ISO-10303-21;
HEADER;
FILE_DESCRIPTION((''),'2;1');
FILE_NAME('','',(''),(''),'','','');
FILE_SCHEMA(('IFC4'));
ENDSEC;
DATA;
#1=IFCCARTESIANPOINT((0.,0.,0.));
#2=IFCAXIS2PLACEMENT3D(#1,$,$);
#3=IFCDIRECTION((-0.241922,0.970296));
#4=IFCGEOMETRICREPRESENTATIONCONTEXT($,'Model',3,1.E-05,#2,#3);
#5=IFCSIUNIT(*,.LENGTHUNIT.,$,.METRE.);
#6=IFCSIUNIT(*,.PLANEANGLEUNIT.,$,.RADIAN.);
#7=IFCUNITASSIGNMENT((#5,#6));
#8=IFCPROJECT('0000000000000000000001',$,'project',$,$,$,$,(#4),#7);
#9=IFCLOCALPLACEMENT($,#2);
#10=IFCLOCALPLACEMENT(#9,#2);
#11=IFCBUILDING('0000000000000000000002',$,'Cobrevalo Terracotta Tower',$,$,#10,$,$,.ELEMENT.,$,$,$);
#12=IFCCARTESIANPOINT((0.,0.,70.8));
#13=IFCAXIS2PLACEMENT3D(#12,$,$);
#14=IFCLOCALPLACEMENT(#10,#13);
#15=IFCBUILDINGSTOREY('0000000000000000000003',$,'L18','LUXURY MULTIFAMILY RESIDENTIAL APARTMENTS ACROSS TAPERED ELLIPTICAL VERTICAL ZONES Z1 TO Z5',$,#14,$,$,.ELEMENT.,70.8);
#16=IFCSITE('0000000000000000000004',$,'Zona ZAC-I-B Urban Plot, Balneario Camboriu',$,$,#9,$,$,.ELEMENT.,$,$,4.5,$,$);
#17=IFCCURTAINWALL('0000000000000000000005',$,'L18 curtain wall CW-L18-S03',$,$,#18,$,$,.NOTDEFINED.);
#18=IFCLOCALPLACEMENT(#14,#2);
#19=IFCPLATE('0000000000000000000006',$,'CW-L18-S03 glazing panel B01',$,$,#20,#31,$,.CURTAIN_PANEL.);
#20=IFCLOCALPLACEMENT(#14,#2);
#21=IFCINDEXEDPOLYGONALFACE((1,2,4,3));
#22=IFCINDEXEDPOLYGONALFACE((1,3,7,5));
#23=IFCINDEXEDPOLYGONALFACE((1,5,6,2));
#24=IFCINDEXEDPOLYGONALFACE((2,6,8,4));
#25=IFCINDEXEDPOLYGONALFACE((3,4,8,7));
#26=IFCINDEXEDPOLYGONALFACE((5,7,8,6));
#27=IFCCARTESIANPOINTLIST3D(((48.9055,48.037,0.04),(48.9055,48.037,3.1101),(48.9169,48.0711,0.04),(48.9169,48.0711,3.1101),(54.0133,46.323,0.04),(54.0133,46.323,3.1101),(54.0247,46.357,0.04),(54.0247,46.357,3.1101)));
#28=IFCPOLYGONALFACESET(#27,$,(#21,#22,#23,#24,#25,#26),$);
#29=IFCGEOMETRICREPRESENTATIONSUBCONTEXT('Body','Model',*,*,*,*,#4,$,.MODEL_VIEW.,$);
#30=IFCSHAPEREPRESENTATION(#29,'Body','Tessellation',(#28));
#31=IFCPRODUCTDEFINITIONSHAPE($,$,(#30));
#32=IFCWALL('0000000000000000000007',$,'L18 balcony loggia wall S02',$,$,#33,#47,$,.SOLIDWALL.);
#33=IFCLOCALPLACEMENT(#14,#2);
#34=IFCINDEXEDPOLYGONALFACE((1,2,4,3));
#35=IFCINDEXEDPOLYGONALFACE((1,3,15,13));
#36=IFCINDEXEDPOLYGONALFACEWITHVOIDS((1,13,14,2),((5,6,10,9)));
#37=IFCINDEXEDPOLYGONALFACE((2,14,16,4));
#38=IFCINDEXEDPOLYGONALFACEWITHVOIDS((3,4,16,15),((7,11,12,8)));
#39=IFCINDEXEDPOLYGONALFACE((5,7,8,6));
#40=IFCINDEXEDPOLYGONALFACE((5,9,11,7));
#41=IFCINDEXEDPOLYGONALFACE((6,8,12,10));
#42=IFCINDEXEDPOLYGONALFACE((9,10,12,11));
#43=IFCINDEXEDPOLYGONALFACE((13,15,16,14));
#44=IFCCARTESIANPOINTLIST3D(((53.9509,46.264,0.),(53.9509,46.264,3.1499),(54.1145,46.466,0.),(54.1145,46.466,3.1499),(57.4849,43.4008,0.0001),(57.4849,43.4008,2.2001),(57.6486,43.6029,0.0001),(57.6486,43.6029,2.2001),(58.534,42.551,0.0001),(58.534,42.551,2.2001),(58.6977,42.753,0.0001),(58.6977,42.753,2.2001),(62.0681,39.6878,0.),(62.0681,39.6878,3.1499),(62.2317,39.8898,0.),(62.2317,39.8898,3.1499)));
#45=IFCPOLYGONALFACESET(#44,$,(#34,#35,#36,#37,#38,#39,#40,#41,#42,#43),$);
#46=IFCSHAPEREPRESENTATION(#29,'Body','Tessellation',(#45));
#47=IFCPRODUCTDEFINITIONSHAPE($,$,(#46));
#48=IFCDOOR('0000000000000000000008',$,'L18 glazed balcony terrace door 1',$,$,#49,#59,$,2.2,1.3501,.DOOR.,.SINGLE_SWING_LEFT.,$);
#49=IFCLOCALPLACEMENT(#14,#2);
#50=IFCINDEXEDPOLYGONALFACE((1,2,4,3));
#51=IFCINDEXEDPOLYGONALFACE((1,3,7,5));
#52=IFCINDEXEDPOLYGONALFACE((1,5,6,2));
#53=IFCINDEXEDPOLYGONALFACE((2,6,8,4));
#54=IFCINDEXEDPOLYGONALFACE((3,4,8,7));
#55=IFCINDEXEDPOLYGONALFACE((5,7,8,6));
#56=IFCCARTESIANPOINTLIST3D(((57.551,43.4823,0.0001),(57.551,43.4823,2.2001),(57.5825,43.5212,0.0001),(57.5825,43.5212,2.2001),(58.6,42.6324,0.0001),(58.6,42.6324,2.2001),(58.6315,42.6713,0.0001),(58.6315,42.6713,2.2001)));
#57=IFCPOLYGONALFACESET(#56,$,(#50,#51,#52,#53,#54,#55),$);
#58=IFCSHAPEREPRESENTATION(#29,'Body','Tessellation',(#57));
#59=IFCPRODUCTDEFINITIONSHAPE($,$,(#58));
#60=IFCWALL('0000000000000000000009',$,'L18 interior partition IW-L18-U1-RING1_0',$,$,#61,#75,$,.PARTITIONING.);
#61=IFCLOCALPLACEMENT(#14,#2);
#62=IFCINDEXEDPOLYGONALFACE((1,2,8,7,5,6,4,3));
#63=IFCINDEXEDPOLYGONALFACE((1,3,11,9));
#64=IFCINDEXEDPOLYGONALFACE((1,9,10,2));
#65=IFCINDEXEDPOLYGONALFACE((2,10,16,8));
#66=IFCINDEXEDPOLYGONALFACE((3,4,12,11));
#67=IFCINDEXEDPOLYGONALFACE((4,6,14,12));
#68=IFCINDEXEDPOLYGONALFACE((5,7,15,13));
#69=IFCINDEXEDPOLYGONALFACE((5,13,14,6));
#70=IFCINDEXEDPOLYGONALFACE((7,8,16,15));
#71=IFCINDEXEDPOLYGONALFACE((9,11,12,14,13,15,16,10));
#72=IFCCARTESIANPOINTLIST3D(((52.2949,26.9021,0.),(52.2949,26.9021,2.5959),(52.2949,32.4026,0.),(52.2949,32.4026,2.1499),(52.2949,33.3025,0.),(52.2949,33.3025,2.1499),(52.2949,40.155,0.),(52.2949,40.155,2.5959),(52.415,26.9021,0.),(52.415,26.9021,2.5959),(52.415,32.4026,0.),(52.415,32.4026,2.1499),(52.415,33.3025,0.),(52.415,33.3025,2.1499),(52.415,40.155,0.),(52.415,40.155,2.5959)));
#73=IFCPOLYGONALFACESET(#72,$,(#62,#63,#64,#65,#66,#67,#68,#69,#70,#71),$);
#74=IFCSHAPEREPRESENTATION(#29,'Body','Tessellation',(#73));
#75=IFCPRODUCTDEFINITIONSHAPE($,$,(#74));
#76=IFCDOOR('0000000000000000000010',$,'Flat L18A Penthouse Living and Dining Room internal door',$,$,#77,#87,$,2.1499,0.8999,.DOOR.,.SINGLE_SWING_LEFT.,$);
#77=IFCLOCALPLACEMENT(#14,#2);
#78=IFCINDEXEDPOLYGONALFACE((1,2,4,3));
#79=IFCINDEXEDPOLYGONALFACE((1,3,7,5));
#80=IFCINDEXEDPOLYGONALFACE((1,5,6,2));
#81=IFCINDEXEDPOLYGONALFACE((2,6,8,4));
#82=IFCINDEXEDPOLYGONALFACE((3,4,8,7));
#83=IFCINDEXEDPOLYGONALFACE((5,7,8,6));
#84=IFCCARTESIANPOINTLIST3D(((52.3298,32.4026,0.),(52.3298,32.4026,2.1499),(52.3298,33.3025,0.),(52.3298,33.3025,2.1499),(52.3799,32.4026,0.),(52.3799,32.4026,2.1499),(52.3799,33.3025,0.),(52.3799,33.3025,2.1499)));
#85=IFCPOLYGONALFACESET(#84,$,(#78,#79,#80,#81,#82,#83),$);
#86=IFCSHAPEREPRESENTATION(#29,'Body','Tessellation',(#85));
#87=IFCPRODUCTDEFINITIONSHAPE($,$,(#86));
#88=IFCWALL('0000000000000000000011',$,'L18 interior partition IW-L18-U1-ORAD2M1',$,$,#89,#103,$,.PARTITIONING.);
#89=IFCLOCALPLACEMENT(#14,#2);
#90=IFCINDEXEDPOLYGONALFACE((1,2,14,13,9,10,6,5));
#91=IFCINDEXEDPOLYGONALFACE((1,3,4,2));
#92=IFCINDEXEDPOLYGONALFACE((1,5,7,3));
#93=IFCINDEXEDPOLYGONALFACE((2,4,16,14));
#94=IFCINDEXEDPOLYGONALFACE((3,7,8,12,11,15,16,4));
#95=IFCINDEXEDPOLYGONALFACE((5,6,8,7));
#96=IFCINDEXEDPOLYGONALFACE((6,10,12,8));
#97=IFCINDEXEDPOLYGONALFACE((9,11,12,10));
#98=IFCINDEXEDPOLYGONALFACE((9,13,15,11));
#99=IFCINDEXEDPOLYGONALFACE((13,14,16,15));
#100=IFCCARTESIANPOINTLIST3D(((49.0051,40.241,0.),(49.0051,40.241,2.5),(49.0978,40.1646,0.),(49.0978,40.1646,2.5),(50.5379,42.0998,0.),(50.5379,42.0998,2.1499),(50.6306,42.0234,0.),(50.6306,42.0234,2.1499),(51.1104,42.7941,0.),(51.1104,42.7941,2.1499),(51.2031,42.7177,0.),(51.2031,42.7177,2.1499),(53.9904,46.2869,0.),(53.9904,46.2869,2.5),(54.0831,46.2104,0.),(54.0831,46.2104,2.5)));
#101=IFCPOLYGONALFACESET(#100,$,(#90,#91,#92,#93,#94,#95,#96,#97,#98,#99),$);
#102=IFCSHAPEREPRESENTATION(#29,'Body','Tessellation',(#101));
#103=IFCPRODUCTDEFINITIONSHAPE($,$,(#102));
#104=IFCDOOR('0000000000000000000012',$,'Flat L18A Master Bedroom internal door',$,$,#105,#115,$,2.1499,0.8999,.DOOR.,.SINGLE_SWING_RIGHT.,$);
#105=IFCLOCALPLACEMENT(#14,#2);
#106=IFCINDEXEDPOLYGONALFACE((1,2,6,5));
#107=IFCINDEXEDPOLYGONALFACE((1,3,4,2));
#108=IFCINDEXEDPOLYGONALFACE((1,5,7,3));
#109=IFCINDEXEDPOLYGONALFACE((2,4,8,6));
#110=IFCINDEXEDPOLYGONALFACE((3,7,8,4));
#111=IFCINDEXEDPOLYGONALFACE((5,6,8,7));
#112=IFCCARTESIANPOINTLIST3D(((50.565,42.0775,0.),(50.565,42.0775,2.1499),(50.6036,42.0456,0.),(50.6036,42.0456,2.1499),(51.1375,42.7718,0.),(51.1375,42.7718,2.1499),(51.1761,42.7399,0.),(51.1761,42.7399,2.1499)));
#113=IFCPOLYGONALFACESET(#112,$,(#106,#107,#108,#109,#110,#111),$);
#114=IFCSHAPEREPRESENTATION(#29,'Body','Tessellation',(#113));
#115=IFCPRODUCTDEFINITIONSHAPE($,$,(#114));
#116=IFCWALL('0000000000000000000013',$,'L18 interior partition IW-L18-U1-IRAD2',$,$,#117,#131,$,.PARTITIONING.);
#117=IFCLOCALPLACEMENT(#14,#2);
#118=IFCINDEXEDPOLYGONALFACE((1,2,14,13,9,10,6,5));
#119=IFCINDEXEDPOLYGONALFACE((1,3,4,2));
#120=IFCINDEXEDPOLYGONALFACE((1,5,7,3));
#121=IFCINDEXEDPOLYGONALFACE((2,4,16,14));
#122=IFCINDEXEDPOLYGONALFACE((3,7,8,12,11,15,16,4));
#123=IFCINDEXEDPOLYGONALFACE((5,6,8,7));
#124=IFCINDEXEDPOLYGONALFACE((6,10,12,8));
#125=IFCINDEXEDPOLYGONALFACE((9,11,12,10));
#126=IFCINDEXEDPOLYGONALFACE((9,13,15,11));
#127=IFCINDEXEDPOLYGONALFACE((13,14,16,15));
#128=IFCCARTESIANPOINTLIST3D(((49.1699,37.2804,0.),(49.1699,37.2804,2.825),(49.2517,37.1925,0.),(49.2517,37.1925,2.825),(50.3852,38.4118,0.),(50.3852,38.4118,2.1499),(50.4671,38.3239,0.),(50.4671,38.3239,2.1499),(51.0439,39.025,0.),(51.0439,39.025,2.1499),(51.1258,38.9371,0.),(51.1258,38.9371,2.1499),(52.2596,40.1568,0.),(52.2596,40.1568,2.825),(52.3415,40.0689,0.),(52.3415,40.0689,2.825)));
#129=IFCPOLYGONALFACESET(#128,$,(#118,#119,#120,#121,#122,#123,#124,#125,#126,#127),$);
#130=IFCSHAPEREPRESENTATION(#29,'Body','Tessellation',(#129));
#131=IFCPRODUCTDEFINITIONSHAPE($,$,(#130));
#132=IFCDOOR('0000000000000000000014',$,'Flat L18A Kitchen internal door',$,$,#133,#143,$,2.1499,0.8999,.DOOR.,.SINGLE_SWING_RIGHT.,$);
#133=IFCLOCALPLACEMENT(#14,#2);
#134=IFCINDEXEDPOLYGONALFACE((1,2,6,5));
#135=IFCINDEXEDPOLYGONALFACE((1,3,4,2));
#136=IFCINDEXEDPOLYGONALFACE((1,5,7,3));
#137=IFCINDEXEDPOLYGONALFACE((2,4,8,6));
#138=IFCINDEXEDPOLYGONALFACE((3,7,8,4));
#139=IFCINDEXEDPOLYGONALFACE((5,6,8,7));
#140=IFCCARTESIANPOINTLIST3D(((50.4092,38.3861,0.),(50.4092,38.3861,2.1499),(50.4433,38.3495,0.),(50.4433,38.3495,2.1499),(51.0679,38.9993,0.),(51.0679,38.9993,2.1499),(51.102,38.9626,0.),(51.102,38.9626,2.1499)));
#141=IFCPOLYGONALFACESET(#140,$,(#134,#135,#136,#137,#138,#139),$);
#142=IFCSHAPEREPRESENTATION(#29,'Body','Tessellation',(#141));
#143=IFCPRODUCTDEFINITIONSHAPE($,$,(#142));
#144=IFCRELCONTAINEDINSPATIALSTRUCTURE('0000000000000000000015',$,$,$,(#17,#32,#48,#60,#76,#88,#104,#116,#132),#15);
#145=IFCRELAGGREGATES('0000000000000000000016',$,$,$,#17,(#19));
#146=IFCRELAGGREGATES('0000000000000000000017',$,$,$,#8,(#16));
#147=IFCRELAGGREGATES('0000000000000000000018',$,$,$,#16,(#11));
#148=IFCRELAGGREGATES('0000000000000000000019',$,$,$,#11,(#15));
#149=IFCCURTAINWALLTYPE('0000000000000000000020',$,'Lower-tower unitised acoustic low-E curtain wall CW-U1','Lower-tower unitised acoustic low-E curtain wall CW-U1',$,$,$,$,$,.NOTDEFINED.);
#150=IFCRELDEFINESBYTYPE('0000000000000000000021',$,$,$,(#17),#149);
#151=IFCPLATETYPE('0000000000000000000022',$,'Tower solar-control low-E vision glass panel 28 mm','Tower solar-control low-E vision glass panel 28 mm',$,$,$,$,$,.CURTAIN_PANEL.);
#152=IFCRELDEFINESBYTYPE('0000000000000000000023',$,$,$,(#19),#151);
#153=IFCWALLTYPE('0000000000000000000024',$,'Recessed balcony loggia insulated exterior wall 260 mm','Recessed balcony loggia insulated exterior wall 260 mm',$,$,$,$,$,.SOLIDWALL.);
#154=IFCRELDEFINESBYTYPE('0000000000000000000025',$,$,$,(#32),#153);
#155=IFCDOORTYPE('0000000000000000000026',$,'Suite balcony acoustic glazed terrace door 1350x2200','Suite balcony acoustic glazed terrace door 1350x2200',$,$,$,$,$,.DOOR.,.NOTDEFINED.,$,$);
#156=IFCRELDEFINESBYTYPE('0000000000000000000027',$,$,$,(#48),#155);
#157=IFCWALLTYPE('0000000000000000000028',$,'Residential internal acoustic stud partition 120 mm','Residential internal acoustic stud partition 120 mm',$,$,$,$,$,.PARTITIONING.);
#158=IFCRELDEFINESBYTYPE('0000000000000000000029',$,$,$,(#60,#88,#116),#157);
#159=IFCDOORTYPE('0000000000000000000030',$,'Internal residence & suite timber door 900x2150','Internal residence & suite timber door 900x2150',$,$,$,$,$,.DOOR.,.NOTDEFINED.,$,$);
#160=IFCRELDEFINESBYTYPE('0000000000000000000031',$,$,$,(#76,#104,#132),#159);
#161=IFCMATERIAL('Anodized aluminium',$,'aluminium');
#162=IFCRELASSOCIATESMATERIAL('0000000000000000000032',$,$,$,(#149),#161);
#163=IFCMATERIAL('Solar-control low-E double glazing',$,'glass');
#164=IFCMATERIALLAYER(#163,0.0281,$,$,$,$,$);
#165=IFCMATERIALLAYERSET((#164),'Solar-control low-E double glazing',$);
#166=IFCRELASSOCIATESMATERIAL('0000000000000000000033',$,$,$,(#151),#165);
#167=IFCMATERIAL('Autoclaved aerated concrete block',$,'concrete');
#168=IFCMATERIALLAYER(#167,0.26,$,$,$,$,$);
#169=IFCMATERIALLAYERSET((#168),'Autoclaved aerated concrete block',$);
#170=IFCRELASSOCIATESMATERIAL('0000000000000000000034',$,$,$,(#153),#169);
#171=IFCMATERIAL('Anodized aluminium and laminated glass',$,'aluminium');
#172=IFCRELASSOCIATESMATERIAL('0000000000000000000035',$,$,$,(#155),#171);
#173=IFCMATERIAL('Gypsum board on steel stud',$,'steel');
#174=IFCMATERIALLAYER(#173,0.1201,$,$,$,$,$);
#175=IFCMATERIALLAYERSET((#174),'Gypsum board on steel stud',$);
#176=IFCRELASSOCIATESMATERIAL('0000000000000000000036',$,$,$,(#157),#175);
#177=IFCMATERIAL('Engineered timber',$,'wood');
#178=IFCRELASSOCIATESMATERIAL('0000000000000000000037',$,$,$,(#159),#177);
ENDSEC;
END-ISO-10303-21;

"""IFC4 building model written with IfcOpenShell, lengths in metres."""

from ifc_helpers import new_model, si_unit, direction, frame, frame_2d, origin, origin_2d, place, context, subcontext, project, spatial, rectangle, extrude, source, transform, mapped, material, layer, layer_set, type_object, element, fill, aggregate, save


model = new_model("IFC4")

# Units and contexts
model_context = context("Model", 3, precision=1e-05, world=origin(), true_north=direction((-0.241922, 0.970296)))
body_context = subcontext(model_context, "Body", "Model", "MODEL_VIEW")
ifc_project = project(units=[si_unit("LENGTHUNIT", "METRE"), si_unit("PLANEANGLEUNIT", "RADIAN")], contexts=[model_context])

# Site, building, storey
site_placement = place(None, origin())
site = spatial("IfcSite", under=ifc_project, at=site_placement, Name="Zona ZAC-I-B Urban Plot, Balneario Camboriu", CompositionType="ELEMENT", RefElevation=4.5)
building_placement = place(site_placement, origin())
building = spatial("IfcBuilding", under=site, at=building_placement, Name="Cobrevalo Terracotta Tower", CompositionType="ELEMENT")
storey_placement = place(building_placement, frame((0.0, 0.0, 70.8)))
storey = spatial("IfcBuildingStorey", under=building, at=storey_placement, Name="L18", Description="LUXURY MULTIFAMILY RESIDENTIAL APARTMENTS ACROSS TAPERED ELLIPTICAL VERTICAL ZONES Z1 TO Z5", CompositionType="ELEMENT", Elevation=70.8)

# Curtain wall
ifc_material_1 = material(Name="Anodized aluminium", Category="aluminium")
curtain_wall_type = type_object("IfcCurtainWallType", Name="Lower-tower unitised acoustic low-E curtain wall CW-U1", Description="Lower-tower unitised acoustic low-E curtain wall CW-U1", PredefinedType="NOTDEFINED", material=ifc_material_1)
curtain_wall_placement = place(storey_placement, origin())
curtain_wall = element("IfcCurtainWall", 1, at=curtain_wall_placement, inside=storey, type_object=curtain_wall_type, Name="L18 curtain wall CW-L18-S03", PredefinedType="NOTDEFINED")

# Plate
ifc_material_2 = material(Name="Solar-control low-E double glazing", Category="glass")
ifc_layer_1 = layer(ifc_material_2, 0.0281)
ifc_layer_set_1 = layer_set([ifc_layer_1], Name="Solar-control low-E double glazing")
plate_type_1 = type_object("IfcPlateType", Name="Tower solar-control low-E vision glass panel 28 mm", Description="Tower solar-control low-E vision glass panel 28 mm", PredefinedType="CURTAIN_PANEL", material=ifc_layer_set_1)
shared_shape_1 = source(origin(), body_context, "Body", "SweptSolid", [
    extrude(rectangle(XDim=5.3877, YDim=0.0359, at=origin_2d()), origin(), (0.0, 0.0, 1.0), 3.0701),
])
plate_placement = place(storey_placement, frame((51.4651, 47.197, 0.04), z_axis=(0.0, 0.0, 1.0), x_axis=(-0.948044, 0.318139, 0.0)))
plate = element("IfcPlate", 2, at=plate_placement, type_object=plate_type_1, Name="CW-L18-S03 glazing panel B01", PredefinedType="CURTAIN_PANEL", context=body_context, shape_type="MappedRepresentation", body=[
    mapped(shared_shape_1, transform((0.0, 0.0, 0.0), scale=1.0)),
])
aggregate(curtain_wall, [plate])

# Walls, openings, doors
ifc_material_3 = material(Name="Autoclaved aerated concrete block", Category="concrete")
ifc_layer_2 = layer(ifc_material_3, 0.26)
ifc_layer_set_2 = layer_set([ifc_layer_2], Name="Autoclaved aerated concrete block")
wall_type_1 = type_object("IfcWallType", Name="Recessed balcony loggia insulated exterior wall 260 mm", Description="Recessed balcony loggia insulated exterior wall 260 mm", PredefinedType="SOLIDWALL", material=ifc_layer_set_2)
wall_1_placement = place(storey_placement, frame((62.1499, 39.7888, 0.0), z_axis=(0.0, 0.0, 1.0), x_axis=(-0.777005, 0.629494, 0.0)))
wall_1 = element("IfcWall", 3, at=wall_1_placement, inside=storey, type_object=wall_type_1, Name="L18 balcony loggia wall S02", PredefinedType="SOLIDWALL", context=body_context, shape_type="SweptSolid", body=[
    extrude(rectangle(XDim=10.4468, YDim=0.26, at=frame_2d((5.2234, 0.0))), origin(), (0.0, 0.0, 1.0), 3.1499),
])
opening_1_placement = place(wall_1_placement, frame((4.5483, 0.0, 0.0)))
opening_1 = element("IfcOpeningElement", 4, at=opening_1_placement, cuts=wall_1, PredefinedType="OPENING", context=body_context, shape_type="SweptSolid", body=[
    extrude(rectangle(XDim=1.3501, YDim=2.2, at=frame_2d((0.675, 1.1001))), frame((0.0, 0.1401, 0.0), z_axis=(0.0, -1.0, 0.0), x_axis=(1.0, 0.0, 0.0)), (0.0, 0.0, 1.0), 0.28),
])
ifc_material_4 = material(Name="Anodized aluminium and laminated glass", Category="aluminium")
door_type_1 = type_object("IfcDoorType", Name="Suite balcony acoustic glazed terrace door 1350x2200", Description="Suite balcony acoustic glazed terrace door 1350x2200", OperationType="NOTDEFINED", PredefinedType="DOOR", material=ifc_material_4)
shared_shape_2 = source(origin(), body_context, "Body", "SweptSolid", [
    extrude(rectangle(XDim=1.3501, YDim=2.2, at=frame_2d((0.675, 1.1001))), frame((0.0, 0.0249, 0.0), z_axis=(0.0, -1.0, 0.0), x_axis=(1.0, 0.0, 0.0)), (0.0, 0.0, 1.0), 0.05),
])
door_1_placement = place(opening_1_placement, frame((1.3501, 0.0, 0.0), z_axis=(0.0, 0.0, 1.0), x_axis=(-1.0, 0.0, 0.0)))
door_1 = element("IfcDoor", 5, at=door_1_placement, inside=storey, type_object=door_type_1, Name="L18 glazed balcony terrace door 1", OperationType="SINGLE_SWING_LEFT", OverallHeight=2.2, OverallWidth=1.3501, PredefinedType="DOOR", context=body_context, shape_type="MappedRepresentation", body=[
    mapped(shared_shape_2, transform((0.0, 0.0, 0.0), scale=1.0)),
])
fill(opening_1, door_1)
ifc_material_5 = material(Name="Gypsum board on steel stud", Category="steel")
ifc_layer_3 = layer(ifc_material_5, 0.1201)
ifc_layer_set_3 = layer_set([ifc_layer_3], Name="Gypsum board on steel stud")
wall_type_2 = type_object("IfcWallType", Name="Residential internal acoustic stud partition 120 mm", Description="Residential internal acoustic stud partition 120 mm", PredefinedType="PARTITIONING", material=ifc_layer_set_3)
wall_2_placement = place(storey_placement, frame((52.355, 40.155, 0.0), z_axis=(0.0, 0.0, 1.0), x_axis=(0.0, -1.0, 0.0)))
wall_2 = element("IfcWall", 6, at=wall_2_placement, inside=storey, type_object=wall_type_2, Name="L18 interior partition IW-L18-U1-RING1_0", PredefinedType="PARTITIONING", context=body_context, shape_type="SweptSolid", body=[
    extrude(rectangle(XDim=13.2529, YDim=0.1201, at=frame_2d((6.6265, 0.0))), origin(), (0.0, 0.0, 1.0), 2.5959),
])
opening_2_placement = place(wall_2_placement, frame((6.8525, 0.0, 0.0)))
opening_2 = element("IfcOpeningElement", 7, at=opening_2_placement, cuts=wall_2, PredefinedType="OPENING", context=body_context, shape_type="SweptSolid", body=[
    extrude(rectangle(XDim=0.8999, YDim=2.1499, at=frame_2d((0.45, 1.075))), frame((0.0, 0.0701, 0.0), z_axis=(0.0, -1.0, 0.0), x_axis=(1.0, 0.0, 0.0)), (0.0, 0.0, 1.0), 0.1401),
])
ifc_material_6 = material(Name="Engineered timber", Category="wood")
door_type_2 = type_object("IfcDoorType", Name="Internal residence & suite timber door 900x2150", Description="Internal residence & suite timber door 900x2150", OperationType="NOTDEFINED", PredefinedType="DOOR", material=ifc_material_6)
shared_shape_3 = source(origin(), body_context, "Body", "SweptSolid", [
    extrude(rectangle(XDim=0.8999, YDim=2.1499, at=frame_2d((0.45, 1.075))), frame((0.0, 0.0249, 0.0), z_axis=(0.0, -1.0, 0.0), x_axis=(1.0, 0.0, 0.0)), (0.0, 0.0, 1.0), 0.05),
])
door_2_placement = place(opening_2_placement, origin())
door_2 = element("IfcDoor", 8, at=door_2_placement, inside=storey, type_object=door_type_2, Name="Flat L18A Penthouse Living and Dining Room internal door", OperationType="SINGLE_SWING_LEFT", OverallHeight=2.1499, OverallWidth=0.8999, PredefinedType="DOOR", context=body_context, shape_type="MappedRepresentation", body=[
    mapped(shared_shape_3, transform((0.0, 0.0, 0.0), scale=1.0)),
])
fill(opening_2, door_2)
wall_3_placement = place(storey_placement, frame((49.0515, 40.2029, 0.0), z_axis=(0.0, 0.0, 1.0), x_axis=(0.636192, 0.771531, 0.0)))
wall_3 = element("IfcWall", 9, at=wall_3_placement, inside=storey, type_object=wall_type_2, Name="L18 interior partition IW-L18-U1-ORAD2M1", PredefinedType="PARTITIONING", context=body_context, shape_type="SweptSolid", body=[
    extrude(rectangle(XDim=7.8362, YDim=0.1201, at=frame_2d((3.918, 0.0))), origin(), (0.0, 0.0, 1.0), 2.5),
])
opening_3_placement = place(wall_3_placement, frame((2.4092, 0.0, 0.0)))
opening_3 = element("IfcOpeningElement", 10, at=opening_3_placement, cuts=wall_3, PredefinedType="OPENING", context=body_context, shape_type="SweptSolid", body=[
    extrude(rectangle(XDim=0.8999, YDim=2.1499, at=frame_2d((0.45, 1.075))), frame((0.0, 0.0701, 0.0), z_axis=(0.0, -1.0, 0.0), x_axis=(1.0, 0.0, 0.0)), (0.0, 0.0, 1.0), 0.1401),
])
door_3_placement = place(opening_3_placement, origin())
door_3 = element("IfcDoor", 11, at=door_3_placement, inside=storey, type_object=door_type_2, Name="Flat L18A Master Bedroom internal door", OperationType="SINGLE_SWING_RIGHT", OverallHeight=2.1499, OverallWidth=0.8999, PredefinedType="DOOR", context=body_context, shape_type="MappedRepresentation", body=[
    mapped(shared_shape_3, transform((0.0, 0.0, 0.0), scale=1.0)),
])
fill(opening_3, door_3)
wall_4_placement = place(storey_placement, frame((49.2107, 37.2363, 0.0), z_axis=(0.0, 0.0, 1.0), x_axis=(0.731928, 0.681382, 0.0)))
wall_4 = element("IfcWall", 12, at=wall_4_placement, inside=storey, type_object=wall_type_2, Name="L18 interior partition IW-L18-U1-IRAD2", PredefinedType="PARTITIONING", context=body_context, shape_type="SweptSolid", body=[
    extrude(rectangle(XDim=4.2214, YDim=0.1201, at=frame_2d((2.1108, 0.0))), origin(), (0.0, 0.0, 1.0), 2.825),
])
opening_4_placement = place(wall_4_placement, frame((1.6606, 0.0, 0.0)))
opening_4 = element("IfcOpeningElement", 13, at=opening_4_placement, cuts=wall_4, PredefinedType="OPENING", context=body_context, shape_type="SweptSolid", body=[
    extrude(rectangle(XDim=0.8999, YDim=2.1499, at=frame_2d((0.45, 1.075))), frame((0.0, 0.0701, 0.0), z_axis=(0.0, -1.0, 0.0), x_axis=(1.0, 0.0, 0.0)), (0.0, 0.0, 1.0), 0.1401),
])
door_4_placement = place(opening_4_placement, origin())
door_4 = element("IfcDoor", 14, at=door_4_placement, inside=storey, type_object=door_type_2, Name="Flat L18A Kitchen internal door", OperationType="SINGLE_SWING_RIGHT", OverallHeight=2.1499, OverallWidth=0.8999, PredefinedType="DOOR", context=body_context, shape_type="MappedRepresentation", body=[
    mapped(shared_shape_3, transform((0.0, 0.0, 0.0), scale=1.0)),
])
fill(opening_4, door_4)

save(model, "model.ifc")
